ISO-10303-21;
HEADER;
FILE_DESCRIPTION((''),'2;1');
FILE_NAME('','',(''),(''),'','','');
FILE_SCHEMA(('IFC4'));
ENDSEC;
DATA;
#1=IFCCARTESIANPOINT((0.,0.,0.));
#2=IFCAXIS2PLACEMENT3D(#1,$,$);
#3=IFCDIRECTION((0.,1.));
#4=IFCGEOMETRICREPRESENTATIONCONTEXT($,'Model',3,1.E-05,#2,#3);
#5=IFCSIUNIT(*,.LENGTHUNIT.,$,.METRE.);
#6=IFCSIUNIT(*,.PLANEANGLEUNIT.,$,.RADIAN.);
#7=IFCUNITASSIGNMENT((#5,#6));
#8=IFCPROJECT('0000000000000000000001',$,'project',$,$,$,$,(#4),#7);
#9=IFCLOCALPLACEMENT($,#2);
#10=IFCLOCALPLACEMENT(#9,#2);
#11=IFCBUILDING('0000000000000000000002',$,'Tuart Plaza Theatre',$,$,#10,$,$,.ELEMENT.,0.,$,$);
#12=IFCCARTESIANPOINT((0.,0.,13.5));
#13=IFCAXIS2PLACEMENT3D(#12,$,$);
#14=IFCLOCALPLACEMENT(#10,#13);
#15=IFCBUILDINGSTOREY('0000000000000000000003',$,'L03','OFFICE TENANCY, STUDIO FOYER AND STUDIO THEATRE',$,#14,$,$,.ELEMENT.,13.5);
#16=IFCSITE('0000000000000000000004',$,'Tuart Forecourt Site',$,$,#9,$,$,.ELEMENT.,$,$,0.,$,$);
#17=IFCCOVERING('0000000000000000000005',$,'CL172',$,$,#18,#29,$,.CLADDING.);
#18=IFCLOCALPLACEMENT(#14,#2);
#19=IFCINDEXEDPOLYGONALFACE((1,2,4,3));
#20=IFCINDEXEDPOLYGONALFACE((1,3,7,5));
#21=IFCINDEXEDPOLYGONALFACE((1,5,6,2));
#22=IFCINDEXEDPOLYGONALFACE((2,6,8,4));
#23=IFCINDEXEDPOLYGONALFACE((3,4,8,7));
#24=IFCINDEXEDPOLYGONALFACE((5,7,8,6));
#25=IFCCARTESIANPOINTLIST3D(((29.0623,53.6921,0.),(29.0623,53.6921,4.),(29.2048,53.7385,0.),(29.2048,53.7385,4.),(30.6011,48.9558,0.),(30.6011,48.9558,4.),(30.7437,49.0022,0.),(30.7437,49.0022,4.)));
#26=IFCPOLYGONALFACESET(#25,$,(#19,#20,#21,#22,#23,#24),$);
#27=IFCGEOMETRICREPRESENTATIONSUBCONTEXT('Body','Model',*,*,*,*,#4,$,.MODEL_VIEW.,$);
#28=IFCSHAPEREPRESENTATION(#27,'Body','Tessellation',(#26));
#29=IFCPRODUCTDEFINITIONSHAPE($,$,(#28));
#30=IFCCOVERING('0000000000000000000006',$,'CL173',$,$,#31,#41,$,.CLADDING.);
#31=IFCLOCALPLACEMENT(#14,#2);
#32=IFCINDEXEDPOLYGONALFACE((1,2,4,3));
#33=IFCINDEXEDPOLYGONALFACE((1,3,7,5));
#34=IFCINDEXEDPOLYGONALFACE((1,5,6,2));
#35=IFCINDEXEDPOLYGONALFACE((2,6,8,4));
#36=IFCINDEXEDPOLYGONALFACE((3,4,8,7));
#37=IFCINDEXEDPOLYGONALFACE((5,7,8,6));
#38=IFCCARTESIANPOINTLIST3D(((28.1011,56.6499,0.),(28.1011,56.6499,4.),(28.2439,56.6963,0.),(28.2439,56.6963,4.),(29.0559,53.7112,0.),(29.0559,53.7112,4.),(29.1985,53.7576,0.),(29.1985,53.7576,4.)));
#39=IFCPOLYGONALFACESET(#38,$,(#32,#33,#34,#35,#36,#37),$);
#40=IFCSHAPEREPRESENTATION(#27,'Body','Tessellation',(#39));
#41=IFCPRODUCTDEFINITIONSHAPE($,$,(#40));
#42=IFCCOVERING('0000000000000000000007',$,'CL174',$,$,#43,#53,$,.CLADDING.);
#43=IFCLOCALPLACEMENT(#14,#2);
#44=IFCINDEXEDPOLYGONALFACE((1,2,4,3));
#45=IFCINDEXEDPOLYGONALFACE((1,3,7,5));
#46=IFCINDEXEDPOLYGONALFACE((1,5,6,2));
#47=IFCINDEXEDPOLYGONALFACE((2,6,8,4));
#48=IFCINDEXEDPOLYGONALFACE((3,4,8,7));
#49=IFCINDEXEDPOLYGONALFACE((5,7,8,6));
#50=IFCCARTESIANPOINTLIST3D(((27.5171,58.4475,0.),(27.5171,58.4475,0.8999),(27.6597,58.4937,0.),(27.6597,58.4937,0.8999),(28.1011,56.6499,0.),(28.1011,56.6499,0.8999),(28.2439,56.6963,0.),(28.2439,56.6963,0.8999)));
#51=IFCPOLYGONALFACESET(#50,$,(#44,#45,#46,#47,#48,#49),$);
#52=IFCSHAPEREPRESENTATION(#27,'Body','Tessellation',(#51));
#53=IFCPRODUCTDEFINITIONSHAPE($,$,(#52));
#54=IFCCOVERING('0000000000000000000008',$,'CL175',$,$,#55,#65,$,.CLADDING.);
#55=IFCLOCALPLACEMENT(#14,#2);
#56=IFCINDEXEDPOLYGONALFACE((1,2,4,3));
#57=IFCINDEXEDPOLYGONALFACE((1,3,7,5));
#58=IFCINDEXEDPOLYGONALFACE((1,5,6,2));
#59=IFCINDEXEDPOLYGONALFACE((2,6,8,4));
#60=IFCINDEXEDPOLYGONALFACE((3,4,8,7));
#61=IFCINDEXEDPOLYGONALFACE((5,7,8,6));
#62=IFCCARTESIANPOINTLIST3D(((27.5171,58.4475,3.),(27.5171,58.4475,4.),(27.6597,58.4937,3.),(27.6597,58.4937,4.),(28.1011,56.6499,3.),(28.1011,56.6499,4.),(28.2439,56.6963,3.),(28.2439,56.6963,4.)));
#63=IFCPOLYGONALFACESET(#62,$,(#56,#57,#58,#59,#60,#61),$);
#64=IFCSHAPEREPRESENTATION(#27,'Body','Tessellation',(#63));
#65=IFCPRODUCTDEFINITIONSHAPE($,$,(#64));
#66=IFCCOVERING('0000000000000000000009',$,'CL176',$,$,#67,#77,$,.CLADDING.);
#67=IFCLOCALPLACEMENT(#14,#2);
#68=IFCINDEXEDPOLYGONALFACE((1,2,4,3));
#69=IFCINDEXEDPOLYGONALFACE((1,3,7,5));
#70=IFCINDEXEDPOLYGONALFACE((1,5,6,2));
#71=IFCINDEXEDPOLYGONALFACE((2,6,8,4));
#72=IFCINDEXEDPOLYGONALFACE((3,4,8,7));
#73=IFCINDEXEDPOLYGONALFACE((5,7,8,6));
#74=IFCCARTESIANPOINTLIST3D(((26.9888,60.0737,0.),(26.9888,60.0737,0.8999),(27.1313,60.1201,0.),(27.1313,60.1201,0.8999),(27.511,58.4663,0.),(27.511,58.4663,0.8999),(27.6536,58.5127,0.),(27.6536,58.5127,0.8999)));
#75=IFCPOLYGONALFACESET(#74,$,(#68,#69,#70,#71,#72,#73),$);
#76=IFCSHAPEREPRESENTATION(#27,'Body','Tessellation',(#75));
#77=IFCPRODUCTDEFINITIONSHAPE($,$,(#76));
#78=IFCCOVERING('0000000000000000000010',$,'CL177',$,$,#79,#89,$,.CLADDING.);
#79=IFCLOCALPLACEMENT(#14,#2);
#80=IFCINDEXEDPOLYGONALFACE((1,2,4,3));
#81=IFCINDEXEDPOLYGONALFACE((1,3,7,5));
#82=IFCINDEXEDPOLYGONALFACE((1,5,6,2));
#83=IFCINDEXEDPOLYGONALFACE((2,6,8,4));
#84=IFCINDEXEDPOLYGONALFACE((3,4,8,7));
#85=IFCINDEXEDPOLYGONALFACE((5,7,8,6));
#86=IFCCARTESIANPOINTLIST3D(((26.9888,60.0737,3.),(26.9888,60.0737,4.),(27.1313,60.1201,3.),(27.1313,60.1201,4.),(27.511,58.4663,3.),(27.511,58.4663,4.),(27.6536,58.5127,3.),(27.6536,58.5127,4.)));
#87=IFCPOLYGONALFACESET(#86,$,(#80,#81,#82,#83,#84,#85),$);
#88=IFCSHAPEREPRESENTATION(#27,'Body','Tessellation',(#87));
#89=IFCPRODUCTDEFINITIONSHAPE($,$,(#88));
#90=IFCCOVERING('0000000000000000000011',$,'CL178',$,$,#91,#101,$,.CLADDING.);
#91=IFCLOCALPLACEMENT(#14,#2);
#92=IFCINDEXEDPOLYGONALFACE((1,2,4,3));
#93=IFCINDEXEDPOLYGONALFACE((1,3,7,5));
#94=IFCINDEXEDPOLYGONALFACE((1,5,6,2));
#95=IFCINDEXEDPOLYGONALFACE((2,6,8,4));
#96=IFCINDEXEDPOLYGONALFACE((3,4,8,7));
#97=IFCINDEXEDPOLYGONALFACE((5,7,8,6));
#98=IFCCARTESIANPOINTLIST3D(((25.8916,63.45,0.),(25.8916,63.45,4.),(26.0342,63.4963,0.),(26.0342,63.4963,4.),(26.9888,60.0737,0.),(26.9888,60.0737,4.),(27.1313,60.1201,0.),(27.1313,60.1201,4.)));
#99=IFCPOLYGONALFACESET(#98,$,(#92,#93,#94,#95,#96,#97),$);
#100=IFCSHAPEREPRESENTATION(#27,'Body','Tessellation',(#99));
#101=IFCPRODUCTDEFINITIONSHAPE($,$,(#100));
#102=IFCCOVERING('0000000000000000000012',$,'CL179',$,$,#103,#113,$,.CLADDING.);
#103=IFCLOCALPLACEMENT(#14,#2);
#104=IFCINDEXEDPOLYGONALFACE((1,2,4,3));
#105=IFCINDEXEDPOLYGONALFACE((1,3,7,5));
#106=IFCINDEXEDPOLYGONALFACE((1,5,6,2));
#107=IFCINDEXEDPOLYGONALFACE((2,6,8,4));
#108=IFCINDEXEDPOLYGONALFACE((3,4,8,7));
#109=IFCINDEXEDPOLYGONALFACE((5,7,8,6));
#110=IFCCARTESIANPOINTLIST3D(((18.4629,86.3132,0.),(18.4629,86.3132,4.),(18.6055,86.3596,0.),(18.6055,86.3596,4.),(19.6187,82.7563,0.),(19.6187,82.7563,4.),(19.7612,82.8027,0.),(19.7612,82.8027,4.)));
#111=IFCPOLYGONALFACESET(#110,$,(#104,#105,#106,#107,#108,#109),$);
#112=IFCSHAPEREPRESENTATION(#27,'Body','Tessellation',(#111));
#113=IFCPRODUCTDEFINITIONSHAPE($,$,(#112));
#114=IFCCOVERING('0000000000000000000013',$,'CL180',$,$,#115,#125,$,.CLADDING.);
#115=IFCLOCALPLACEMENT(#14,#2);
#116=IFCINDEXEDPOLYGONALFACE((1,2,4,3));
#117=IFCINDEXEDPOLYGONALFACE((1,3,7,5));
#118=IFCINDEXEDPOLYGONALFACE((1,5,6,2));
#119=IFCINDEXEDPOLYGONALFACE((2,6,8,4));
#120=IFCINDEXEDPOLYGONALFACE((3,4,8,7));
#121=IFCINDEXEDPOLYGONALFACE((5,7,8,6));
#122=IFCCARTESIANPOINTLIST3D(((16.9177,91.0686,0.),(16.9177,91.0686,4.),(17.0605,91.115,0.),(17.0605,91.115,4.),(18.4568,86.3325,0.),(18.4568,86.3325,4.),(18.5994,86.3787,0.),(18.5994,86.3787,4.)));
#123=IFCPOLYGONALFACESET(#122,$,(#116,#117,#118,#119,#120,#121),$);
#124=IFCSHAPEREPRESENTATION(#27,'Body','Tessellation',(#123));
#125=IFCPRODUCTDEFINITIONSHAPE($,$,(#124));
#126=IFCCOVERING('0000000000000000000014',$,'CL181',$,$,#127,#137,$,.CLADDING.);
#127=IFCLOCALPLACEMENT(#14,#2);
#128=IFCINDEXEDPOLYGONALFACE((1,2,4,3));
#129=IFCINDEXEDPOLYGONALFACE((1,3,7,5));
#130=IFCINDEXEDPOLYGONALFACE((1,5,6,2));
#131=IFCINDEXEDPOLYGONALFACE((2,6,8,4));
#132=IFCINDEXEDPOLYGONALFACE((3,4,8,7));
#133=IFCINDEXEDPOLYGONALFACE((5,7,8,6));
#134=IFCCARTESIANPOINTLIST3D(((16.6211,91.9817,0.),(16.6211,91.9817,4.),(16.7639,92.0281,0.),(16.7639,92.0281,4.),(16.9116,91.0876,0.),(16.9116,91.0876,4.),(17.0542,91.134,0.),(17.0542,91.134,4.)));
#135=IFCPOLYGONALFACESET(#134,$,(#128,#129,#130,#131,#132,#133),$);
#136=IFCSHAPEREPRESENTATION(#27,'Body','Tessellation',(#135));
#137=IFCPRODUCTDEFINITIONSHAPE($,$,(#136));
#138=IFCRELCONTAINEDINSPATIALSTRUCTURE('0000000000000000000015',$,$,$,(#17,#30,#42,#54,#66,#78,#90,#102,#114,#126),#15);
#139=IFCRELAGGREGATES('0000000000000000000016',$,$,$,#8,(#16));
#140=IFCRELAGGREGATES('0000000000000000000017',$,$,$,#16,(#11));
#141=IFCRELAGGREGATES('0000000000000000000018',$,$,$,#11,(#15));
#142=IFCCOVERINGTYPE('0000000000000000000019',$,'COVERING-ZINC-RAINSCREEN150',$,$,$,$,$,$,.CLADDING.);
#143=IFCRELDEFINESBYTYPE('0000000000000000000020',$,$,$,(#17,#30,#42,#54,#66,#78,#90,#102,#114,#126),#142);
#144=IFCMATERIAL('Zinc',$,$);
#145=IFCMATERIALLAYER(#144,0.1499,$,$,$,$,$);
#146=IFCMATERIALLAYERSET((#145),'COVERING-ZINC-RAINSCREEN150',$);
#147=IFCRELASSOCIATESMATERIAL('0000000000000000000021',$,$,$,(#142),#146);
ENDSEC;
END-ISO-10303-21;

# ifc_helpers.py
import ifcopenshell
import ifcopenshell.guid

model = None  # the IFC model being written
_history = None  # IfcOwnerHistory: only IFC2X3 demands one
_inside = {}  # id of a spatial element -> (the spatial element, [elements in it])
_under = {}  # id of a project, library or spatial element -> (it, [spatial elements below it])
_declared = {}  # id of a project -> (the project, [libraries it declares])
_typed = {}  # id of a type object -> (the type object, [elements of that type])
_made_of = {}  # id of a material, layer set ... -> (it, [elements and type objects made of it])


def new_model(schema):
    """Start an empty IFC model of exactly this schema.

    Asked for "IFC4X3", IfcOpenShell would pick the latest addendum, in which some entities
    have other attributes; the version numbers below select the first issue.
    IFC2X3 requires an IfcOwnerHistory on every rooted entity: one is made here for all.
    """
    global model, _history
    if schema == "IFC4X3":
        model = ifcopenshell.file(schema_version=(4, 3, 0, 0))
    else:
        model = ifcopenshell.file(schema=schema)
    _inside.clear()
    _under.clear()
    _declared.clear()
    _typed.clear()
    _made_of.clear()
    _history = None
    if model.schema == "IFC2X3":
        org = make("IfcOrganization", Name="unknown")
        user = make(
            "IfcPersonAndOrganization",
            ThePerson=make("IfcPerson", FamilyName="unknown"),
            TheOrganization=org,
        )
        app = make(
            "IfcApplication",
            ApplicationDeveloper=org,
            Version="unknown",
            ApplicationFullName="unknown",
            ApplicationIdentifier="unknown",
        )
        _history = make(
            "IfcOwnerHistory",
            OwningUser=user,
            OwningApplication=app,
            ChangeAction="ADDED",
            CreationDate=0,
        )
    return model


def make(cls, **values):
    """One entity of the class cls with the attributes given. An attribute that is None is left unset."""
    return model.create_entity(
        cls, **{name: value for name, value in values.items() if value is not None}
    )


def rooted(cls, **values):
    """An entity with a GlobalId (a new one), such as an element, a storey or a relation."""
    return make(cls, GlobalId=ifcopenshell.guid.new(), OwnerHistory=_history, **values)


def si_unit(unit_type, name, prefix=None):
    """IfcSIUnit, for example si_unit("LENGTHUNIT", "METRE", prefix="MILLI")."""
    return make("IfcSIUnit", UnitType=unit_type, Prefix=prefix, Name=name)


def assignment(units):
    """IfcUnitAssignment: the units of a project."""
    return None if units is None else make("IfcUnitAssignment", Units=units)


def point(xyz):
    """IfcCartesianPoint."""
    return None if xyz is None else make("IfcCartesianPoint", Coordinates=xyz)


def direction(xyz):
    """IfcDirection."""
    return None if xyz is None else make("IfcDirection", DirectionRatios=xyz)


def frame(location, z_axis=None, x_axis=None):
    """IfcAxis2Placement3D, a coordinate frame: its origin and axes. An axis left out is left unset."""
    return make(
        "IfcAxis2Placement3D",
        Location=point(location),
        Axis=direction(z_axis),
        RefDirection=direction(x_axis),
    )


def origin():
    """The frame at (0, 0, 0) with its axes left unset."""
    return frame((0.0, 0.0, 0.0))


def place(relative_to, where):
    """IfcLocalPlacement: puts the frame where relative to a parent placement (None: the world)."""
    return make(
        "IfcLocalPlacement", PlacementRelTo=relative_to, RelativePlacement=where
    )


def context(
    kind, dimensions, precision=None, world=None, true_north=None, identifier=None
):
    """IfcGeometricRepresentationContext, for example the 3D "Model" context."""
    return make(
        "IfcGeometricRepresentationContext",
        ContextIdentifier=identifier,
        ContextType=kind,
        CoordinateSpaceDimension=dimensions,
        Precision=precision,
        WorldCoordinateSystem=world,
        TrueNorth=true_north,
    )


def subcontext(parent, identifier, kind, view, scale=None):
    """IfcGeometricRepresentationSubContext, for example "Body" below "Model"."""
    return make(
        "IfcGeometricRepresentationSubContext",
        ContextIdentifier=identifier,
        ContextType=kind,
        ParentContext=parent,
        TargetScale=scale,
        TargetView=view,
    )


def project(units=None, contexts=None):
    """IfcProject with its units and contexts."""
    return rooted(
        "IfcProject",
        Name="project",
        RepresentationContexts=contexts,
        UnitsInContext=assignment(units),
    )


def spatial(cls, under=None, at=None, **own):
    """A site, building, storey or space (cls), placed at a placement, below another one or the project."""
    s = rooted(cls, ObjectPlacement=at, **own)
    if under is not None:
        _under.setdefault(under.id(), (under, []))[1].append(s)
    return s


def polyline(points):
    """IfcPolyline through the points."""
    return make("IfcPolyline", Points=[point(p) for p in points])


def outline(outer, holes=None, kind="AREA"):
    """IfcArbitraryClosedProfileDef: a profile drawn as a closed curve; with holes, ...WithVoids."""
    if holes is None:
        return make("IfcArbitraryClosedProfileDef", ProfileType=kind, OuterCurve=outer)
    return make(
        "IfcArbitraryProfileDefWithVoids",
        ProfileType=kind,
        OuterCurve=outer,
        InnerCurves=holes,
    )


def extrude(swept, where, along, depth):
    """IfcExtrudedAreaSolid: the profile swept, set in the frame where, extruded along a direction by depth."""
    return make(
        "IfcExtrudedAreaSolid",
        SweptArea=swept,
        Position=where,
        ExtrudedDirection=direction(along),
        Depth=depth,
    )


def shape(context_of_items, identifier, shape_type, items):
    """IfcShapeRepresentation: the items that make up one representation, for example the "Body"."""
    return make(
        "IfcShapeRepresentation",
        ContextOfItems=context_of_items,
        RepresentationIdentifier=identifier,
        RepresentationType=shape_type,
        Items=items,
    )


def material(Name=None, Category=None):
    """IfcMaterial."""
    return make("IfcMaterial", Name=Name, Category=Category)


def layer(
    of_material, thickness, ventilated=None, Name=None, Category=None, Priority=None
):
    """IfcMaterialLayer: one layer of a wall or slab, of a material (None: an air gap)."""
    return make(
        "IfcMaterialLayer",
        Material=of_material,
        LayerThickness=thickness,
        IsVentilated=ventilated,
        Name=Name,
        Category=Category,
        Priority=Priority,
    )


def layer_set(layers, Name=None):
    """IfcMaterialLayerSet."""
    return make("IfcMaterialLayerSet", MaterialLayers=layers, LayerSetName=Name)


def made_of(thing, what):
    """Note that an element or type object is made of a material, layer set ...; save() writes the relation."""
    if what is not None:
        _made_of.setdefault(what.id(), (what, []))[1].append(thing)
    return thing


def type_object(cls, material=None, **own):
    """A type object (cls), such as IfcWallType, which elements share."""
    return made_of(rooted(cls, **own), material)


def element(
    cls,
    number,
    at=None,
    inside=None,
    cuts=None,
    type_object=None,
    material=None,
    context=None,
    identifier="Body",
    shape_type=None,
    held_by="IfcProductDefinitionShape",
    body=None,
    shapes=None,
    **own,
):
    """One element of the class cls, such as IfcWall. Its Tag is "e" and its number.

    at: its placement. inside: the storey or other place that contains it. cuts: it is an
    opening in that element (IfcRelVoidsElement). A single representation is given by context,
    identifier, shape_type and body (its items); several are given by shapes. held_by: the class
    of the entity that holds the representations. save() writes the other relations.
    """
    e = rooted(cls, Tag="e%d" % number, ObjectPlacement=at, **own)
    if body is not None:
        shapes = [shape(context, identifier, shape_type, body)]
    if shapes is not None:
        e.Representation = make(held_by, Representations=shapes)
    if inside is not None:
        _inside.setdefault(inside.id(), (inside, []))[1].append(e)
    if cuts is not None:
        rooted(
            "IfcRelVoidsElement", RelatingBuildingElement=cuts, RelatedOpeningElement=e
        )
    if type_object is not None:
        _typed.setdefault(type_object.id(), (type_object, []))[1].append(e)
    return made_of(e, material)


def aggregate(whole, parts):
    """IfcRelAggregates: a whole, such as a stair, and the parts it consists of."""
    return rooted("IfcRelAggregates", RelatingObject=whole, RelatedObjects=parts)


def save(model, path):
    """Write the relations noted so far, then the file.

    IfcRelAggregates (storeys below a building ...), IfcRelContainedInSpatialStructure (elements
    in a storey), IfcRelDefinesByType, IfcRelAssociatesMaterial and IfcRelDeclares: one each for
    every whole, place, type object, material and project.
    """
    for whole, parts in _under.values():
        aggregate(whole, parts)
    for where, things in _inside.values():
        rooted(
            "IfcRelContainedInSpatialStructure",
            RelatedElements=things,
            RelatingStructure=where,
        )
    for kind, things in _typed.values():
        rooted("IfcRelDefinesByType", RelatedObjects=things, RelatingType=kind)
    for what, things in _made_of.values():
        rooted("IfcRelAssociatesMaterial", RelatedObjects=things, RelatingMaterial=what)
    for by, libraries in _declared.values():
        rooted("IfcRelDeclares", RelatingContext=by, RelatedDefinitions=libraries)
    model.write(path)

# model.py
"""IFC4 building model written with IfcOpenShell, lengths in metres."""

from ifc_helpers import new_model, si_unit, direction, frame, origin, place, context, subcontext, project, spatial, polyline, outline, extrude, material, layer, layer_set, type_object, element, save


model = new_model("IFC4")

# Units and contexts
model_context = context("Model", 3, precision=1e-05, world=origin(), true_north=direction((0.0, 1.0)))
body_context = subcontext(model_context, "Body", "Model", "MODEL_VIEW")
ifc_project = project(units=[si_unit("LENGTHUNIT", "METRE"), si_unit("PLANEANGLEUNIT", "RADIAN")], contexts=[model_context])

# Site, building, storey
site_placement = place(None, origin())
site = spatial("IfcSite", under=ifc_project, at=site_placement, Name="Tuart Forecourt Site", CompositionType="ELEMENT", RefElevation=0.0)
building_placement = place(site_placement, origin())
building = spatial("IfcBuilding", under=site, at=building_placement, Name="Tuart Plaza Theatre", CompositionType="ELEMENT", ElevationOfRefHeight=0.0)
storey_placement = place(building_placement, frame((0.0, 0.0, 13.5)))
storey = spatial("IfcBuildingStorey", under=building, at=storey_placement, Name="L03", Description="OFFICE TENANCY, STUDIO FOYER AND STUDIO THEATRE", CompositionType="ELEMENT", Elevation=13.5)

# Coverings
ifc_material_1 = material(Name="Zinc")
ifc_layer_1 = layer(ifc_material_1, 0.1499)
ifc_layer_set_1 = layer_set([ifc_layer_1], Name="COVERING-ZINC-RAINSCREEN150")
covering_type = type_object("IfcCoveringType", Name="COVERING-ZINC-RAINSCREEN150", PredefinedType="CLADDING", material=ifc_layer_set_1)
covering_1_placement = place(storey_placement, origin())
element("IfcCovering", 1, at=covering_1_placement, inside=storey, type_object=covering_type, Name="CL172", PredefinedType="CLADDING", context=body_context, shape_type="SweptSolid", body=[
    extrude(outline(polyline([(30.6011, 48.9558), (29.0623, 53.6921), (29.2048, 53.7385), (30.7437, 49.0022), (30.6011, 48.9558)])), origin(), (0.0, 0.0, 1.0), 4.0),
])
covering_2_placement = place(storey_placement, origin())
element("IfcCovering", 2, at=covering_2_placement, inside=storey, type_object=covering_type, Name="CL173", PredefinedType="CLADDING", context=body_context, shape_type="SweptSolid", body=[
    extrude(outline(polyline([(29.0559, 53.7112), (28.1011, 56.6499), (28.2439, 56.6963), (29.1985, 53.7576), (29.0559, 53.7112)])), origin(), (0.0, 0.0, 1.0), 4.0),
])
covering_3_placement = place(storey_placement, origin())
element("IfcCovering", 3, at=covering_3_placement, inside=storey, type_object=covering_type, Name="CL174", PredefinedType="CLADDING", context=body_context, shape_type="SweptSolid", body=[
    extrude(outline(polyline([(28.1011, 56.6499), (27.5171, 58.4475), (27.6597, 58.4937), (28.2439, 56.6963), (28.1011, 56.6499)])), origin(), (0.0, 0.0, 1.0), 0.8999),
])
covering_4_placement = place(storey_placement, frame((0.0, 0.0, 3.0)))
element("IfcCovering", 4, at=covering_4_placement, inside=storey, type_object=covering_type, Name="CL175", PredefinedType="CLADDING", context=body_context, shape_type="SweptSolid", body=[
    extrude(outline(polyline([(28.1011, 56.6499), (27.5171, 58.4475), (27.6597, 58.4937), (28.2439, 56.6963), (28.1011, 56.6499)])), origin(), (0.0, 0.0, 1.0), 1.0),
])
covering_5_placement = place(storey_placement, origin())
element("IfcCovering", 5, at=covering_5_placement, inside=storey, type_object=covering_type, Name="CL176", PredefinedType="CLADDING", context=body_context, shape_type="SweptSolid", body=[
    extrude(outline(polyline([(27.511, 58.4663), (26.9888, 60.0737), (27.1313, 60.1201), (27.6536, 58.5127), (27.511, 58.4663)])), origin(), (0.0, 0.0, 1.0), 0.8999),
])
covering_6_placement = place(storey_placement, frame((0.0, 0.0, 3.0)))
element("IfcCovering", 6, at=covering_6_placement, inside=storey, type_object=covering_type, Name="CL177", PredefinedType="CLADDING", context=body_context, shape_type="SweptSolid", body=[
    extrude(outline(polyline([(27.511, 58.4663), (26.9888, 60.0737), (27.1313, 60.1201), (27.6536, 58.5127), (27.511, 58.4663)])), origin(), (0.0, 0.0, 1.0), 1.0),
])
covering_7_placement = place(storey_placement, origin())
element("IfcCovering", 7, at=covering_7_placement, inside=storey, type_object=covering_type, Name="CL178", PredefinedType="CLADDING", context=body_context, shape_type="SweptSolid", body=[
    extrude(outline(polyline([(26.9888, 60.0737), (25.8916, 63.45), (26.0342, 63.4963), (27.1313, 60.1201), (26.9888, 60.0737)])), origin(), (0.0, 0.0, 1.0), 4.0),
])
covering_8_placement = place(storey_placement, origin())
element("IfcCovering", 8, at=covering_8_placement, inside=storey, type_object=covering_type, Name="CL179", PredefinedType="CLADDING", context=body_context, shape_type="SweptSolid", body=[
    extrude(outline(polyline([(19.6187, 82.7563), (18.4629, 86.3132), (18.6055, 86.3596), (19.7612, 82.8027), (19.6187, 82.7563)])), origin(), (0.0, 0.0, 1.0), 4.0),
])
covering_9_placement = place(storey_placement, origin())
element("IfcCovering", 9, at=covering_9_placement, inside=storey, type_object=covering_type, Name="CL180", PredefinedType="CLADDING", context=body_context, shape_type="SweptSolid", body=[
    extrude(outline(polyline([(18.4568, 86.3325), (16.9177, 91.0686), (17.0605, 91.115), (18.5994, 86.3787), (18.4568, 86.3325)])), origin(), (0.0, 0.0, 1.0), 4.0),
])
covering_10_placement = place(storey_placement, origin())
element("IfcCovering", 10, at=covering_10_placement, inside=storey, type_object=covering_type, Name="CL181", PredefinedType="CLADDING", context=body_context, shape_type="SweptSolid", body=[
    extrude(outline(polyline([(16.9116, 91.0876), (16.6211, 91.9817), (16.7639, 92.0281), (17.0542, 91.134), (16.9116, 91.0876)])), origin(), (0.0, 0.0, 1.0), 4.0),
])

save(model, "model.ifc")
